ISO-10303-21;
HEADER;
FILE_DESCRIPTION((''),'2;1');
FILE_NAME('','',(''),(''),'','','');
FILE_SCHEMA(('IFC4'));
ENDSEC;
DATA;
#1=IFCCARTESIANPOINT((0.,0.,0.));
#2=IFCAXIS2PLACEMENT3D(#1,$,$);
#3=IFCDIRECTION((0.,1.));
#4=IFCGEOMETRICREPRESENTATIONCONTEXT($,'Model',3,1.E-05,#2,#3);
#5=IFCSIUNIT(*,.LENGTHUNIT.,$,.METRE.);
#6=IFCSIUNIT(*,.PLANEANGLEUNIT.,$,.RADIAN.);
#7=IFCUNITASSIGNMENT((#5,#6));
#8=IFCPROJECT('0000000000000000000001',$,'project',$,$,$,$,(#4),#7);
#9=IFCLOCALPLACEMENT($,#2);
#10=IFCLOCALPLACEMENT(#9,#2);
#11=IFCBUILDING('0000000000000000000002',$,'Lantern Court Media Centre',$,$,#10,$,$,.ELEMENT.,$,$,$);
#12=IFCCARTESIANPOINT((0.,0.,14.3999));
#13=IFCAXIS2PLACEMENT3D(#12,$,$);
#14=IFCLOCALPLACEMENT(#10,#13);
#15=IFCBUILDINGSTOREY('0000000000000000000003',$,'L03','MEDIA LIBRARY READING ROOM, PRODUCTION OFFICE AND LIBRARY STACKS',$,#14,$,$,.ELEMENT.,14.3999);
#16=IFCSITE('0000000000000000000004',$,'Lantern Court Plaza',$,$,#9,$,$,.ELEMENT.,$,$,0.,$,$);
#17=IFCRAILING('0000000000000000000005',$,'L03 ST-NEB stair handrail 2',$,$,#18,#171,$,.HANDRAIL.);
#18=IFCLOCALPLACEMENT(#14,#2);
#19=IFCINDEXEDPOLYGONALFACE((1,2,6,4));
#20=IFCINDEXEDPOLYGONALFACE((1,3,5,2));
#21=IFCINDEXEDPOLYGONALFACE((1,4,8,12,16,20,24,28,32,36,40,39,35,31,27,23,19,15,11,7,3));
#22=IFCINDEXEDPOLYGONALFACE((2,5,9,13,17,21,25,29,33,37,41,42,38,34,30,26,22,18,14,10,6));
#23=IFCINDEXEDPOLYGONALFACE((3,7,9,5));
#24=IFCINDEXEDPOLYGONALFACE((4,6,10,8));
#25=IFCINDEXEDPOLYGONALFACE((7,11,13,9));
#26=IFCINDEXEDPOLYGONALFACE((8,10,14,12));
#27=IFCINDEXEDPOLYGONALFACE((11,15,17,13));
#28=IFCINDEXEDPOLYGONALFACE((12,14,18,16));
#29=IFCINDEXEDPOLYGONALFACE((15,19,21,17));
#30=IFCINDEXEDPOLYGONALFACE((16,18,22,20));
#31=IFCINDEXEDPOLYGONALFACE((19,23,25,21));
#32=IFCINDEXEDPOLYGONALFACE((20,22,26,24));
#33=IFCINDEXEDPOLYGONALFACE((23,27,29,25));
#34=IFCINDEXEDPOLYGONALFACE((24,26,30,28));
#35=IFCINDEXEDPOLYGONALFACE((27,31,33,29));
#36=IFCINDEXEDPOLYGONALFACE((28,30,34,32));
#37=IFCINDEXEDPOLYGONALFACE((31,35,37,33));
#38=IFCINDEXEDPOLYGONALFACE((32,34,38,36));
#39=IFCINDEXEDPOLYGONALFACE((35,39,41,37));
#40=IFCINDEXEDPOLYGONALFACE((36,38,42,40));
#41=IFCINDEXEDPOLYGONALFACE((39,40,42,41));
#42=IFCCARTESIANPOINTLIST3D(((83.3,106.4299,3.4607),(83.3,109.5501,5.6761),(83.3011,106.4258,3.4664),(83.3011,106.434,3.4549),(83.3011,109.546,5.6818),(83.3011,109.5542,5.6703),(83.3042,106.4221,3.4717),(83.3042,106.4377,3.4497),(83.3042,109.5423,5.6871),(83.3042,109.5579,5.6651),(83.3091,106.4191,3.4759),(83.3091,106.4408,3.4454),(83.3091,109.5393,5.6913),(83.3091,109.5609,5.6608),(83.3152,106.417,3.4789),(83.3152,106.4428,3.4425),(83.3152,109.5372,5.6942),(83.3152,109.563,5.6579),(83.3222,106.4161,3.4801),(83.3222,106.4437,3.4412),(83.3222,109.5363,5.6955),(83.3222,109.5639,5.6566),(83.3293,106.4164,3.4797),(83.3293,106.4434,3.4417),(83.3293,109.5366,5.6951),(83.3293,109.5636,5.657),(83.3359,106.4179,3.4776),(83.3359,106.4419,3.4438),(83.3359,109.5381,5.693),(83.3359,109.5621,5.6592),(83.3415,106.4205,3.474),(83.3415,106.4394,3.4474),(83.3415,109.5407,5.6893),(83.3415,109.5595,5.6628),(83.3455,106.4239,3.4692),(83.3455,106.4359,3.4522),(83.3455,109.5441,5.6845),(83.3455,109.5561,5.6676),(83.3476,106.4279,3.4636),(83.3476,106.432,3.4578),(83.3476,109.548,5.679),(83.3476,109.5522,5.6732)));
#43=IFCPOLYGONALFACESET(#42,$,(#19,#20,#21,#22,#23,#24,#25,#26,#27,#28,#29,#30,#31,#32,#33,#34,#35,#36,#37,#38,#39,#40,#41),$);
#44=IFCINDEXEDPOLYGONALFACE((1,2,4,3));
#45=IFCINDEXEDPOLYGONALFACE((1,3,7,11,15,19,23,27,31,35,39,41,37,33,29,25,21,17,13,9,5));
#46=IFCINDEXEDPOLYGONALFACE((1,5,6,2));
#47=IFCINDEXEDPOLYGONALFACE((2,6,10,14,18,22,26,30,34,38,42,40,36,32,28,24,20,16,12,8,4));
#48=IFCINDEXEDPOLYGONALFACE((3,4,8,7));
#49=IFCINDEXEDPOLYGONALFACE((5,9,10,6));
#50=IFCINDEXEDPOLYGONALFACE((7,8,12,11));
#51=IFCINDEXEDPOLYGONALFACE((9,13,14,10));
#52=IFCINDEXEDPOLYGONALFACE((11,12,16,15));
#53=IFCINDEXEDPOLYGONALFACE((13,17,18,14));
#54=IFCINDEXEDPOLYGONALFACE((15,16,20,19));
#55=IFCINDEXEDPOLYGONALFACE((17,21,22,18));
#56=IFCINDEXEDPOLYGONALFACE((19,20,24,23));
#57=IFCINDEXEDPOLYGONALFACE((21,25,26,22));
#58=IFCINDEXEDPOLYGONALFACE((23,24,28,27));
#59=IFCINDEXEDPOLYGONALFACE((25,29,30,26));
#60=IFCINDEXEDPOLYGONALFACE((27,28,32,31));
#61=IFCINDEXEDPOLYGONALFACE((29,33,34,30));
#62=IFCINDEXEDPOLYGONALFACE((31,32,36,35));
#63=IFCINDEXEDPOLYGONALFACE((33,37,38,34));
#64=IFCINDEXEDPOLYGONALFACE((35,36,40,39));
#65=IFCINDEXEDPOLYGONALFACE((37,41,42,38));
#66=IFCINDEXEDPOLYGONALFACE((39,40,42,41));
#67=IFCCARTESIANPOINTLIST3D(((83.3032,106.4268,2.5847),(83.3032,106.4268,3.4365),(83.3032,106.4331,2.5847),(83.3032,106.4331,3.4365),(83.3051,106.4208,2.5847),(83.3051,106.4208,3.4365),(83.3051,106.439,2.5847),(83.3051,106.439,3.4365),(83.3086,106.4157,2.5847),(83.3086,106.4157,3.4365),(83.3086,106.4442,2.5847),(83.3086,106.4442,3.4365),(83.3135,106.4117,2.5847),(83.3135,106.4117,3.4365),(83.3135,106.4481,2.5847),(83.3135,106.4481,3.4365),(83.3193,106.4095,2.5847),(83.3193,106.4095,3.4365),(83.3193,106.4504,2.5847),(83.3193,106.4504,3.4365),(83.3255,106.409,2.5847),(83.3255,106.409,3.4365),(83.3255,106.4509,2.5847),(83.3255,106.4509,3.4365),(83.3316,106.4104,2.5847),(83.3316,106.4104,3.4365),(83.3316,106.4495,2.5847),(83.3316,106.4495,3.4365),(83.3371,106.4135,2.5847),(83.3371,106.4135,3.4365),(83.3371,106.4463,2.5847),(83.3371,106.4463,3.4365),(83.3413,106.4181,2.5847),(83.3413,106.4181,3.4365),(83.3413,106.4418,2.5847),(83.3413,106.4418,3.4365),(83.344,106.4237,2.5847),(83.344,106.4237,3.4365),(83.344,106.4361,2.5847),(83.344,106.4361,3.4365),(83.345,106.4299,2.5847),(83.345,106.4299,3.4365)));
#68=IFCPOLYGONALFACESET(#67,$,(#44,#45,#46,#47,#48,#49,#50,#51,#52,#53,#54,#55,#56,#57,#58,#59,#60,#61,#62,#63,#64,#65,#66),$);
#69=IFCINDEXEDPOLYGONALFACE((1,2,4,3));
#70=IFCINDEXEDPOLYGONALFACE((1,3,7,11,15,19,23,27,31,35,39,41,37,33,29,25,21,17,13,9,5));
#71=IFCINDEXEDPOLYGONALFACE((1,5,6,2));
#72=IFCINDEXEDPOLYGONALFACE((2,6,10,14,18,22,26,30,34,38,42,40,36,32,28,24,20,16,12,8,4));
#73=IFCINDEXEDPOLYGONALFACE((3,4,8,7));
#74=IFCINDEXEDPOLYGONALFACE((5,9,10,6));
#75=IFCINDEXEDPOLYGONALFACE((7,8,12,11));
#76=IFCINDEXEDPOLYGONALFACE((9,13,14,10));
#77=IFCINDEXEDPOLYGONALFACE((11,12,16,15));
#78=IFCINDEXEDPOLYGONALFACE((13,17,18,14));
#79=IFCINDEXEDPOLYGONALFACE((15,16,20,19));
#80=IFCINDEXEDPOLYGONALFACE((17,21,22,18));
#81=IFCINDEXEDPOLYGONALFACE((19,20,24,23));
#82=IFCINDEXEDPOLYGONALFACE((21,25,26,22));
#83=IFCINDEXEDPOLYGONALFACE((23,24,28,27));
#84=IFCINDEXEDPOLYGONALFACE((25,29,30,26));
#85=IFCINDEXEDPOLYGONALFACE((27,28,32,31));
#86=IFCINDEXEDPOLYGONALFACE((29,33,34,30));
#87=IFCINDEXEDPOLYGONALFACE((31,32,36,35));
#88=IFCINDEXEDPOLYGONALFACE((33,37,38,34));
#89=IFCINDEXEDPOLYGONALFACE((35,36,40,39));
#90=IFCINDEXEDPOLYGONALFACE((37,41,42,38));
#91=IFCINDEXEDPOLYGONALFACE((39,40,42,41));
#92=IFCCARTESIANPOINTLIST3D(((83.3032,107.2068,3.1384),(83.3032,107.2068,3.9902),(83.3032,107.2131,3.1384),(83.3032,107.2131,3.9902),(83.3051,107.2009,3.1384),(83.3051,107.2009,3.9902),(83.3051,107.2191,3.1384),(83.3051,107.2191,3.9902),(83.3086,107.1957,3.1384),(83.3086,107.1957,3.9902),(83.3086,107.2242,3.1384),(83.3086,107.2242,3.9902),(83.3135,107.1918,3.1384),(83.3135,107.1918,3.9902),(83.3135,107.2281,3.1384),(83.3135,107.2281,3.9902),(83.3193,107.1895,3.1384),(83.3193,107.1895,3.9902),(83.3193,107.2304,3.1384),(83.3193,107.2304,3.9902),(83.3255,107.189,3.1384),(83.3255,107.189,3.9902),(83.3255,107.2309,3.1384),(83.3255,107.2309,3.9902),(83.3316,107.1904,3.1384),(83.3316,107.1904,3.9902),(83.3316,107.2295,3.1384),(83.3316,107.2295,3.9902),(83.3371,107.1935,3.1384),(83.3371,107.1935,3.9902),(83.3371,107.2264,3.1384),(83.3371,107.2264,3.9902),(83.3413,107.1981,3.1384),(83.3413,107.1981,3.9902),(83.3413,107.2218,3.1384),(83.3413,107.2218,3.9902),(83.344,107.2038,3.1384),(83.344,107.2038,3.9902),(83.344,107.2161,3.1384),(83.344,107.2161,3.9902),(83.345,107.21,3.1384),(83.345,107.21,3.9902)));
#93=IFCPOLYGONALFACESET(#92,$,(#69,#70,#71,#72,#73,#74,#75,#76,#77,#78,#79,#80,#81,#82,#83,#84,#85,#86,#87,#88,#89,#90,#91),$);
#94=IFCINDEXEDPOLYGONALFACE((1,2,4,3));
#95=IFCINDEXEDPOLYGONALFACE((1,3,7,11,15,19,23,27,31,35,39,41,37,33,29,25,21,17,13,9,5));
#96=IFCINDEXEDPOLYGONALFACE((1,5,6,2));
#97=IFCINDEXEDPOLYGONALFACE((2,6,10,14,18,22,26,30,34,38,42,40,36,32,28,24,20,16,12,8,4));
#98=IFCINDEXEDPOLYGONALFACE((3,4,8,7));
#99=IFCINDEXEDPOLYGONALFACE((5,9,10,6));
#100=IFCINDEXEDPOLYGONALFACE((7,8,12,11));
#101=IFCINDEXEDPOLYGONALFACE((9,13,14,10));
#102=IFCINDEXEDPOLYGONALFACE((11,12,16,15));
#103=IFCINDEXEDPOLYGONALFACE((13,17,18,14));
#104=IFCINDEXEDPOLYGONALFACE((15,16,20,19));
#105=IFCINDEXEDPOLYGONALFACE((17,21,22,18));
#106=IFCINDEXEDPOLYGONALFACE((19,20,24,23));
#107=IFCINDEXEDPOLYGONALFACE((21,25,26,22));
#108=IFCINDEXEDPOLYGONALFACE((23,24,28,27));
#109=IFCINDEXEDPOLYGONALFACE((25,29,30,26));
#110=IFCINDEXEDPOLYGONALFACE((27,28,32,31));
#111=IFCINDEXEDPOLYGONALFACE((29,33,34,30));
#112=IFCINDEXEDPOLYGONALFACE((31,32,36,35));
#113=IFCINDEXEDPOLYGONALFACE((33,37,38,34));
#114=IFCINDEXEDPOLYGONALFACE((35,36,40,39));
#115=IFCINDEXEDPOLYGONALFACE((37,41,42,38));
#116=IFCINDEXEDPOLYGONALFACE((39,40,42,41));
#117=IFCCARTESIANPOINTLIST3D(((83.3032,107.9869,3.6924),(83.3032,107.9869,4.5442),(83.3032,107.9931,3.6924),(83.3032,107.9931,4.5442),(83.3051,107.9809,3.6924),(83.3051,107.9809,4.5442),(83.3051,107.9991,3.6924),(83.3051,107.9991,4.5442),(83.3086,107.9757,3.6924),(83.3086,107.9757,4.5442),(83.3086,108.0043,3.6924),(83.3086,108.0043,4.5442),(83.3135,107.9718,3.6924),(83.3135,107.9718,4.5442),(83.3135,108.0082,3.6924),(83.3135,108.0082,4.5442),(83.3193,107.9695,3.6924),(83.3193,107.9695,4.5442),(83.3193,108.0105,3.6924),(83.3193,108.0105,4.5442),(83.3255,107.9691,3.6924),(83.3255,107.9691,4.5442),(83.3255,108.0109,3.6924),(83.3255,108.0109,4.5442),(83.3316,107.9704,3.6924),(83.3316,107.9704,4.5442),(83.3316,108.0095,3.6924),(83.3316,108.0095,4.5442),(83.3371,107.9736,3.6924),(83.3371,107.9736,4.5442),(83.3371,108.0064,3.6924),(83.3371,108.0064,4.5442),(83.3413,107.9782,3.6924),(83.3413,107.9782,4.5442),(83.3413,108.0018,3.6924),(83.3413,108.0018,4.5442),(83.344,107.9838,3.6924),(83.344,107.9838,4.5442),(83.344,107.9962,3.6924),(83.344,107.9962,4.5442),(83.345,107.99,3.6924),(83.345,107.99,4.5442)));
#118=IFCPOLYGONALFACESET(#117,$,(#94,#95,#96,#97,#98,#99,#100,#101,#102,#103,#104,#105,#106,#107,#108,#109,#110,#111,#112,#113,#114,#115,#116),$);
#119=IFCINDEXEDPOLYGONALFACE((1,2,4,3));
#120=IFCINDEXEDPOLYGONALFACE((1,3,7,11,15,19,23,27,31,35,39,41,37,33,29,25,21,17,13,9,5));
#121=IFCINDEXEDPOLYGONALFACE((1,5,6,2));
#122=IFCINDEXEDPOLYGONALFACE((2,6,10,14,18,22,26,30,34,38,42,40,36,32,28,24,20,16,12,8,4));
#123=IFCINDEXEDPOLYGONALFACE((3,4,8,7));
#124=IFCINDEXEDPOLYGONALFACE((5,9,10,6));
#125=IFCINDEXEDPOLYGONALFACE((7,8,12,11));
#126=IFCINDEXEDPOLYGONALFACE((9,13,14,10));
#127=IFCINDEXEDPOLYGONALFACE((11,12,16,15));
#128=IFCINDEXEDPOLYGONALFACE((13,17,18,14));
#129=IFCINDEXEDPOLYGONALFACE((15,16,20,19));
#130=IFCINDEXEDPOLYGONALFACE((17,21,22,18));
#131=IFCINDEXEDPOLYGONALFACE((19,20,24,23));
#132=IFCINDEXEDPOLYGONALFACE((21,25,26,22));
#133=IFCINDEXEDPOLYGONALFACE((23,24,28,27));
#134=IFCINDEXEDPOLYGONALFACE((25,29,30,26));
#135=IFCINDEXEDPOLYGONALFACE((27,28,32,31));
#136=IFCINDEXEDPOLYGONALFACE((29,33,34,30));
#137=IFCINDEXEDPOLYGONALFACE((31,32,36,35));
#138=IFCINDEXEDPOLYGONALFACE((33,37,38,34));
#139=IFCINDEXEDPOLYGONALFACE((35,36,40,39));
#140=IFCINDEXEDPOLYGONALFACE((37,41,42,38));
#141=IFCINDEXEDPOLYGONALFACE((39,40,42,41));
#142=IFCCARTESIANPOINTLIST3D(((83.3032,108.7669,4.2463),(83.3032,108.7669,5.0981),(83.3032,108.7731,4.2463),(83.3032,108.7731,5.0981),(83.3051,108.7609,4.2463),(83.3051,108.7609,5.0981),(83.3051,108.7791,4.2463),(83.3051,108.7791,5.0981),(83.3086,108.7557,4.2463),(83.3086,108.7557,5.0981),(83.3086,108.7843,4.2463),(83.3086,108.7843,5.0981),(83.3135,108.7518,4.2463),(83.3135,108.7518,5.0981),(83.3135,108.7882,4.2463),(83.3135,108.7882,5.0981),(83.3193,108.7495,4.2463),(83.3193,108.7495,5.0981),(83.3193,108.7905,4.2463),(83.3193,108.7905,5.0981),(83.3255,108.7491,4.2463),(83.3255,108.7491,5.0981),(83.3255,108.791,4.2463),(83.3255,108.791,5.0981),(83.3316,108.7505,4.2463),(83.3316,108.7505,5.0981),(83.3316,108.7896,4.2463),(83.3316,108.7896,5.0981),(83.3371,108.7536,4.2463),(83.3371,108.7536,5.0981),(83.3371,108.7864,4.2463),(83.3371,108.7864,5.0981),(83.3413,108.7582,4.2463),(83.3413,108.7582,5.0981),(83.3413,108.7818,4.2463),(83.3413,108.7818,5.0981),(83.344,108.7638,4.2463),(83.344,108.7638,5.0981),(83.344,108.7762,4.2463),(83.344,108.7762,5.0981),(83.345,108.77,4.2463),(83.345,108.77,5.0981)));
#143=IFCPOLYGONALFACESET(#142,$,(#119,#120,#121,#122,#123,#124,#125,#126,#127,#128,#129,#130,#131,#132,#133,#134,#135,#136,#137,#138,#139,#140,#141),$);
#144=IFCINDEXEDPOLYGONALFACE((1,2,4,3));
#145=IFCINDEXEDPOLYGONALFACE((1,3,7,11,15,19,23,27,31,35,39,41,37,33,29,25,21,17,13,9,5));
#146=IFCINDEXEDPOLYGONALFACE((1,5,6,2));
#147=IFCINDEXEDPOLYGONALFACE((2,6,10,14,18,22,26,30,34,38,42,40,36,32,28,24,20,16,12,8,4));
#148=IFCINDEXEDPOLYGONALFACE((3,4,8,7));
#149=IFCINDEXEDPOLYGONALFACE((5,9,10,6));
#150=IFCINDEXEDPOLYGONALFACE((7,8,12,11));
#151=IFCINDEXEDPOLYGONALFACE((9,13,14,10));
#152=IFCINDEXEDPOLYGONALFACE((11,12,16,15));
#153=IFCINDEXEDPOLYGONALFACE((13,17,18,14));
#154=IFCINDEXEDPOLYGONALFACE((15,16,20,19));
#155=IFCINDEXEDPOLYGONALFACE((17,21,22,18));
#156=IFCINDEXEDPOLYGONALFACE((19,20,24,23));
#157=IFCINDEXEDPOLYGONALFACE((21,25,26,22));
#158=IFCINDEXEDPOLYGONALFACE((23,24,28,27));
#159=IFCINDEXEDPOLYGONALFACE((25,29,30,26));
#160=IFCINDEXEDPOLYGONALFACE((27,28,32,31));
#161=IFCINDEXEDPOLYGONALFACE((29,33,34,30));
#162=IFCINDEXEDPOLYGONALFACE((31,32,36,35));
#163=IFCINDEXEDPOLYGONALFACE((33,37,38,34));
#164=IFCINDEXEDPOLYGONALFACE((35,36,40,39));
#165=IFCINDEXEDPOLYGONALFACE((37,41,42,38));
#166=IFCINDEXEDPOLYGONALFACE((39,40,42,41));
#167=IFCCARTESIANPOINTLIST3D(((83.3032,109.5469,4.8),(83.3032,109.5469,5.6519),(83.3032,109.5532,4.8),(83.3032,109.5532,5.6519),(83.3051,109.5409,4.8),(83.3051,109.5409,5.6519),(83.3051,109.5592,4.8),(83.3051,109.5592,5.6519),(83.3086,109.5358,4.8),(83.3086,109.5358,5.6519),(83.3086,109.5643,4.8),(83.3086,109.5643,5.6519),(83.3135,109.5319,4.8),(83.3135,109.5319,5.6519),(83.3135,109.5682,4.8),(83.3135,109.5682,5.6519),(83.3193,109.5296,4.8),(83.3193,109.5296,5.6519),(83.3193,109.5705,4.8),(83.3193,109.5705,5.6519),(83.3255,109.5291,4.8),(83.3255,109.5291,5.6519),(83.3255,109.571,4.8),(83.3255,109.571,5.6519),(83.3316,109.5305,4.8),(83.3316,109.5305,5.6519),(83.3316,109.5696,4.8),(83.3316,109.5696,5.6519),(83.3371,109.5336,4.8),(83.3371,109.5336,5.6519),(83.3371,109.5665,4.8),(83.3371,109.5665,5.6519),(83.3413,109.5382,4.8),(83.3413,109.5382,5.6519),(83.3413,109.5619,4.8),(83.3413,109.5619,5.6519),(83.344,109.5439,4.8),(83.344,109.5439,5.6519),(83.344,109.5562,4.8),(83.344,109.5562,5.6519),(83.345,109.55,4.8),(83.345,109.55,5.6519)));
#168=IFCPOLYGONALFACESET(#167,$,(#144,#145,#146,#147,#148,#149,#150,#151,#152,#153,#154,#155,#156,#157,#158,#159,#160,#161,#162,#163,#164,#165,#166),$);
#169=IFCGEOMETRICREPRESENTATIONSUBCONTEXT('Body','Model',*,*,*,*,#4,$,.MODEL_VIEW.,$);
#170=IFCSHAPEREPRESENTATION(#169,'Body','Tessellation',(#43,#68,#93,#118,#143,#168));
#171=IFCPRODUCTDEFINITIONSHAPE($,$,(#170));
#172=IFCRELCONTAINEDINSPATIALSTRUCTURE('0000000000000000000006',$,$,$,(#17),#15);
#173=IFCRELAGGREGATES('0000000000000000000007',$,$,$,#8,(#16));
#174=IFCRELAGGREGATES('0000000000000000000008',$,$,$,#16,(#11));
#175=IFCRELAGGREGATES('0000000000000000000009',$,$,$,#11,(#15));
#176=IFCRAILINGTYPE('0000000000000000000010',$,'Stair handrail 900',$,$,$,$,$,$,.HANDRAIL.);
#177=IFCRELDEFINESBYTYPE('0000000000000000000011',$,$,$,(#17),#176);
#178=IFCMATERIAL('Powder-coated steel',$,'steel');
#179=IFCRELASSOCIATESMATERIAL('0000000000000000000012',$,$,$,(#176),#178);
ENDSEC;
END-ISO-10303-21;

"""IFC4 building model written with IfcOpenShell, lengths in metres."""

from ifc_helpers import new_model, si_unit, direction, frame, origin, origin_2d, place, context, subcontext, project, spatial, circle, extrude, material, type_object, element, save


model = new_model("IFC4")

# Units and contexts
model_context = context("Model", 3, precision=1e-05, world=origin(), true_north=direction((0.0, 1.0)))
body_context = subcontext(model_context, "Body", "Model", "MODEL_VIEW")
ifc_project = project(units=[si_unit("LENGTHUNIT", "METRE"), si_unit("PLANEANGLEUNIT", "RADIAN")], contexts=[model_context])

# Site, building, storey
site_placement = place(None, origin())
site = spatial("IfcSite", under=ifc_project, at=site_placement, Name="Lantern Court Plaza", CompositionType="ELEMENT", RefElevation=0.0)
building_placement = place(site_placement, origin())
building = spatial("IfcBuilding", under=site, at=building_placement, Name="Lantern Court Media Centre", CompositionType="ELEMENT")
storey_placement = place(building_placement, frame((0.0, 0.0, 14.3999)))
storey = spatial("IfcBuildingStorey", under=building, at=storey_placement, Name="L03", Description="MEDIA LIBRARY READING ROOM, PRODUCTION OFFICE AND LIBRARY STACKS", CompositionType="ELEMENT", Elevation=14.3999)

# Shared definitions
ifc_material_1 = material(Name="Powder-coated steel", Category="steel")

# Railing
railing_type_1 = type_object("IfcRailingType", Name="Stair handrail 900", PredefinedType="HANDRAIL", material=ifc_material_1)
railing_1_placement = place(storey_placement, frame((83.324, 106.4299, 2.5847)))
element("IfcRailing", 1, at=railing_1_placement, inside=storey, type_object=railing_type_1, Name="L03 ST-NEB stair handrail 2", PredefinedType="HANDRAIL", context=body_context, shape_type="SweptSolid", body=[
    extrude(circle(Radius=0.0239, at=origin_2d()), frame((0.0, 0.0, 0.876), z_axis=(0.0, 0.815377, 0.57893), x_axis=(-1.0, 0.0, 0.0)), (0.0, 0.0, 1.0), 3.8267),
    extrude(circle(Radius=0.021, at=origin_2d()), origin(), (0.0, 0.0, 1.0), 0.8518),
    extrude(circle(Radius=0.021, at=origin_2d()), frame((0.0, 0.78, 0.5537)), (0.0, 0.0, 1.0), 0.8518),
    extrude(circle(Radius=0.021, at=origin_2d()), frame((0.0, 1.5601, 1.1077)), (0.0, 0.0, 1.0), 0.8518),
    extrude(circle(Radius=0.021, at=origin_2d()), frame((0.0, 2.3401, 1.6616)), (0.0, 0.0, 1.0), 0.8518),
    extrude(circle(Radius=0.021, at=origin_2d()), frame((0.0, 3.1201, 2.2153)), (0.0, 0.0, 1.0), 0.8518),
])

save(model, "model.ifc")
